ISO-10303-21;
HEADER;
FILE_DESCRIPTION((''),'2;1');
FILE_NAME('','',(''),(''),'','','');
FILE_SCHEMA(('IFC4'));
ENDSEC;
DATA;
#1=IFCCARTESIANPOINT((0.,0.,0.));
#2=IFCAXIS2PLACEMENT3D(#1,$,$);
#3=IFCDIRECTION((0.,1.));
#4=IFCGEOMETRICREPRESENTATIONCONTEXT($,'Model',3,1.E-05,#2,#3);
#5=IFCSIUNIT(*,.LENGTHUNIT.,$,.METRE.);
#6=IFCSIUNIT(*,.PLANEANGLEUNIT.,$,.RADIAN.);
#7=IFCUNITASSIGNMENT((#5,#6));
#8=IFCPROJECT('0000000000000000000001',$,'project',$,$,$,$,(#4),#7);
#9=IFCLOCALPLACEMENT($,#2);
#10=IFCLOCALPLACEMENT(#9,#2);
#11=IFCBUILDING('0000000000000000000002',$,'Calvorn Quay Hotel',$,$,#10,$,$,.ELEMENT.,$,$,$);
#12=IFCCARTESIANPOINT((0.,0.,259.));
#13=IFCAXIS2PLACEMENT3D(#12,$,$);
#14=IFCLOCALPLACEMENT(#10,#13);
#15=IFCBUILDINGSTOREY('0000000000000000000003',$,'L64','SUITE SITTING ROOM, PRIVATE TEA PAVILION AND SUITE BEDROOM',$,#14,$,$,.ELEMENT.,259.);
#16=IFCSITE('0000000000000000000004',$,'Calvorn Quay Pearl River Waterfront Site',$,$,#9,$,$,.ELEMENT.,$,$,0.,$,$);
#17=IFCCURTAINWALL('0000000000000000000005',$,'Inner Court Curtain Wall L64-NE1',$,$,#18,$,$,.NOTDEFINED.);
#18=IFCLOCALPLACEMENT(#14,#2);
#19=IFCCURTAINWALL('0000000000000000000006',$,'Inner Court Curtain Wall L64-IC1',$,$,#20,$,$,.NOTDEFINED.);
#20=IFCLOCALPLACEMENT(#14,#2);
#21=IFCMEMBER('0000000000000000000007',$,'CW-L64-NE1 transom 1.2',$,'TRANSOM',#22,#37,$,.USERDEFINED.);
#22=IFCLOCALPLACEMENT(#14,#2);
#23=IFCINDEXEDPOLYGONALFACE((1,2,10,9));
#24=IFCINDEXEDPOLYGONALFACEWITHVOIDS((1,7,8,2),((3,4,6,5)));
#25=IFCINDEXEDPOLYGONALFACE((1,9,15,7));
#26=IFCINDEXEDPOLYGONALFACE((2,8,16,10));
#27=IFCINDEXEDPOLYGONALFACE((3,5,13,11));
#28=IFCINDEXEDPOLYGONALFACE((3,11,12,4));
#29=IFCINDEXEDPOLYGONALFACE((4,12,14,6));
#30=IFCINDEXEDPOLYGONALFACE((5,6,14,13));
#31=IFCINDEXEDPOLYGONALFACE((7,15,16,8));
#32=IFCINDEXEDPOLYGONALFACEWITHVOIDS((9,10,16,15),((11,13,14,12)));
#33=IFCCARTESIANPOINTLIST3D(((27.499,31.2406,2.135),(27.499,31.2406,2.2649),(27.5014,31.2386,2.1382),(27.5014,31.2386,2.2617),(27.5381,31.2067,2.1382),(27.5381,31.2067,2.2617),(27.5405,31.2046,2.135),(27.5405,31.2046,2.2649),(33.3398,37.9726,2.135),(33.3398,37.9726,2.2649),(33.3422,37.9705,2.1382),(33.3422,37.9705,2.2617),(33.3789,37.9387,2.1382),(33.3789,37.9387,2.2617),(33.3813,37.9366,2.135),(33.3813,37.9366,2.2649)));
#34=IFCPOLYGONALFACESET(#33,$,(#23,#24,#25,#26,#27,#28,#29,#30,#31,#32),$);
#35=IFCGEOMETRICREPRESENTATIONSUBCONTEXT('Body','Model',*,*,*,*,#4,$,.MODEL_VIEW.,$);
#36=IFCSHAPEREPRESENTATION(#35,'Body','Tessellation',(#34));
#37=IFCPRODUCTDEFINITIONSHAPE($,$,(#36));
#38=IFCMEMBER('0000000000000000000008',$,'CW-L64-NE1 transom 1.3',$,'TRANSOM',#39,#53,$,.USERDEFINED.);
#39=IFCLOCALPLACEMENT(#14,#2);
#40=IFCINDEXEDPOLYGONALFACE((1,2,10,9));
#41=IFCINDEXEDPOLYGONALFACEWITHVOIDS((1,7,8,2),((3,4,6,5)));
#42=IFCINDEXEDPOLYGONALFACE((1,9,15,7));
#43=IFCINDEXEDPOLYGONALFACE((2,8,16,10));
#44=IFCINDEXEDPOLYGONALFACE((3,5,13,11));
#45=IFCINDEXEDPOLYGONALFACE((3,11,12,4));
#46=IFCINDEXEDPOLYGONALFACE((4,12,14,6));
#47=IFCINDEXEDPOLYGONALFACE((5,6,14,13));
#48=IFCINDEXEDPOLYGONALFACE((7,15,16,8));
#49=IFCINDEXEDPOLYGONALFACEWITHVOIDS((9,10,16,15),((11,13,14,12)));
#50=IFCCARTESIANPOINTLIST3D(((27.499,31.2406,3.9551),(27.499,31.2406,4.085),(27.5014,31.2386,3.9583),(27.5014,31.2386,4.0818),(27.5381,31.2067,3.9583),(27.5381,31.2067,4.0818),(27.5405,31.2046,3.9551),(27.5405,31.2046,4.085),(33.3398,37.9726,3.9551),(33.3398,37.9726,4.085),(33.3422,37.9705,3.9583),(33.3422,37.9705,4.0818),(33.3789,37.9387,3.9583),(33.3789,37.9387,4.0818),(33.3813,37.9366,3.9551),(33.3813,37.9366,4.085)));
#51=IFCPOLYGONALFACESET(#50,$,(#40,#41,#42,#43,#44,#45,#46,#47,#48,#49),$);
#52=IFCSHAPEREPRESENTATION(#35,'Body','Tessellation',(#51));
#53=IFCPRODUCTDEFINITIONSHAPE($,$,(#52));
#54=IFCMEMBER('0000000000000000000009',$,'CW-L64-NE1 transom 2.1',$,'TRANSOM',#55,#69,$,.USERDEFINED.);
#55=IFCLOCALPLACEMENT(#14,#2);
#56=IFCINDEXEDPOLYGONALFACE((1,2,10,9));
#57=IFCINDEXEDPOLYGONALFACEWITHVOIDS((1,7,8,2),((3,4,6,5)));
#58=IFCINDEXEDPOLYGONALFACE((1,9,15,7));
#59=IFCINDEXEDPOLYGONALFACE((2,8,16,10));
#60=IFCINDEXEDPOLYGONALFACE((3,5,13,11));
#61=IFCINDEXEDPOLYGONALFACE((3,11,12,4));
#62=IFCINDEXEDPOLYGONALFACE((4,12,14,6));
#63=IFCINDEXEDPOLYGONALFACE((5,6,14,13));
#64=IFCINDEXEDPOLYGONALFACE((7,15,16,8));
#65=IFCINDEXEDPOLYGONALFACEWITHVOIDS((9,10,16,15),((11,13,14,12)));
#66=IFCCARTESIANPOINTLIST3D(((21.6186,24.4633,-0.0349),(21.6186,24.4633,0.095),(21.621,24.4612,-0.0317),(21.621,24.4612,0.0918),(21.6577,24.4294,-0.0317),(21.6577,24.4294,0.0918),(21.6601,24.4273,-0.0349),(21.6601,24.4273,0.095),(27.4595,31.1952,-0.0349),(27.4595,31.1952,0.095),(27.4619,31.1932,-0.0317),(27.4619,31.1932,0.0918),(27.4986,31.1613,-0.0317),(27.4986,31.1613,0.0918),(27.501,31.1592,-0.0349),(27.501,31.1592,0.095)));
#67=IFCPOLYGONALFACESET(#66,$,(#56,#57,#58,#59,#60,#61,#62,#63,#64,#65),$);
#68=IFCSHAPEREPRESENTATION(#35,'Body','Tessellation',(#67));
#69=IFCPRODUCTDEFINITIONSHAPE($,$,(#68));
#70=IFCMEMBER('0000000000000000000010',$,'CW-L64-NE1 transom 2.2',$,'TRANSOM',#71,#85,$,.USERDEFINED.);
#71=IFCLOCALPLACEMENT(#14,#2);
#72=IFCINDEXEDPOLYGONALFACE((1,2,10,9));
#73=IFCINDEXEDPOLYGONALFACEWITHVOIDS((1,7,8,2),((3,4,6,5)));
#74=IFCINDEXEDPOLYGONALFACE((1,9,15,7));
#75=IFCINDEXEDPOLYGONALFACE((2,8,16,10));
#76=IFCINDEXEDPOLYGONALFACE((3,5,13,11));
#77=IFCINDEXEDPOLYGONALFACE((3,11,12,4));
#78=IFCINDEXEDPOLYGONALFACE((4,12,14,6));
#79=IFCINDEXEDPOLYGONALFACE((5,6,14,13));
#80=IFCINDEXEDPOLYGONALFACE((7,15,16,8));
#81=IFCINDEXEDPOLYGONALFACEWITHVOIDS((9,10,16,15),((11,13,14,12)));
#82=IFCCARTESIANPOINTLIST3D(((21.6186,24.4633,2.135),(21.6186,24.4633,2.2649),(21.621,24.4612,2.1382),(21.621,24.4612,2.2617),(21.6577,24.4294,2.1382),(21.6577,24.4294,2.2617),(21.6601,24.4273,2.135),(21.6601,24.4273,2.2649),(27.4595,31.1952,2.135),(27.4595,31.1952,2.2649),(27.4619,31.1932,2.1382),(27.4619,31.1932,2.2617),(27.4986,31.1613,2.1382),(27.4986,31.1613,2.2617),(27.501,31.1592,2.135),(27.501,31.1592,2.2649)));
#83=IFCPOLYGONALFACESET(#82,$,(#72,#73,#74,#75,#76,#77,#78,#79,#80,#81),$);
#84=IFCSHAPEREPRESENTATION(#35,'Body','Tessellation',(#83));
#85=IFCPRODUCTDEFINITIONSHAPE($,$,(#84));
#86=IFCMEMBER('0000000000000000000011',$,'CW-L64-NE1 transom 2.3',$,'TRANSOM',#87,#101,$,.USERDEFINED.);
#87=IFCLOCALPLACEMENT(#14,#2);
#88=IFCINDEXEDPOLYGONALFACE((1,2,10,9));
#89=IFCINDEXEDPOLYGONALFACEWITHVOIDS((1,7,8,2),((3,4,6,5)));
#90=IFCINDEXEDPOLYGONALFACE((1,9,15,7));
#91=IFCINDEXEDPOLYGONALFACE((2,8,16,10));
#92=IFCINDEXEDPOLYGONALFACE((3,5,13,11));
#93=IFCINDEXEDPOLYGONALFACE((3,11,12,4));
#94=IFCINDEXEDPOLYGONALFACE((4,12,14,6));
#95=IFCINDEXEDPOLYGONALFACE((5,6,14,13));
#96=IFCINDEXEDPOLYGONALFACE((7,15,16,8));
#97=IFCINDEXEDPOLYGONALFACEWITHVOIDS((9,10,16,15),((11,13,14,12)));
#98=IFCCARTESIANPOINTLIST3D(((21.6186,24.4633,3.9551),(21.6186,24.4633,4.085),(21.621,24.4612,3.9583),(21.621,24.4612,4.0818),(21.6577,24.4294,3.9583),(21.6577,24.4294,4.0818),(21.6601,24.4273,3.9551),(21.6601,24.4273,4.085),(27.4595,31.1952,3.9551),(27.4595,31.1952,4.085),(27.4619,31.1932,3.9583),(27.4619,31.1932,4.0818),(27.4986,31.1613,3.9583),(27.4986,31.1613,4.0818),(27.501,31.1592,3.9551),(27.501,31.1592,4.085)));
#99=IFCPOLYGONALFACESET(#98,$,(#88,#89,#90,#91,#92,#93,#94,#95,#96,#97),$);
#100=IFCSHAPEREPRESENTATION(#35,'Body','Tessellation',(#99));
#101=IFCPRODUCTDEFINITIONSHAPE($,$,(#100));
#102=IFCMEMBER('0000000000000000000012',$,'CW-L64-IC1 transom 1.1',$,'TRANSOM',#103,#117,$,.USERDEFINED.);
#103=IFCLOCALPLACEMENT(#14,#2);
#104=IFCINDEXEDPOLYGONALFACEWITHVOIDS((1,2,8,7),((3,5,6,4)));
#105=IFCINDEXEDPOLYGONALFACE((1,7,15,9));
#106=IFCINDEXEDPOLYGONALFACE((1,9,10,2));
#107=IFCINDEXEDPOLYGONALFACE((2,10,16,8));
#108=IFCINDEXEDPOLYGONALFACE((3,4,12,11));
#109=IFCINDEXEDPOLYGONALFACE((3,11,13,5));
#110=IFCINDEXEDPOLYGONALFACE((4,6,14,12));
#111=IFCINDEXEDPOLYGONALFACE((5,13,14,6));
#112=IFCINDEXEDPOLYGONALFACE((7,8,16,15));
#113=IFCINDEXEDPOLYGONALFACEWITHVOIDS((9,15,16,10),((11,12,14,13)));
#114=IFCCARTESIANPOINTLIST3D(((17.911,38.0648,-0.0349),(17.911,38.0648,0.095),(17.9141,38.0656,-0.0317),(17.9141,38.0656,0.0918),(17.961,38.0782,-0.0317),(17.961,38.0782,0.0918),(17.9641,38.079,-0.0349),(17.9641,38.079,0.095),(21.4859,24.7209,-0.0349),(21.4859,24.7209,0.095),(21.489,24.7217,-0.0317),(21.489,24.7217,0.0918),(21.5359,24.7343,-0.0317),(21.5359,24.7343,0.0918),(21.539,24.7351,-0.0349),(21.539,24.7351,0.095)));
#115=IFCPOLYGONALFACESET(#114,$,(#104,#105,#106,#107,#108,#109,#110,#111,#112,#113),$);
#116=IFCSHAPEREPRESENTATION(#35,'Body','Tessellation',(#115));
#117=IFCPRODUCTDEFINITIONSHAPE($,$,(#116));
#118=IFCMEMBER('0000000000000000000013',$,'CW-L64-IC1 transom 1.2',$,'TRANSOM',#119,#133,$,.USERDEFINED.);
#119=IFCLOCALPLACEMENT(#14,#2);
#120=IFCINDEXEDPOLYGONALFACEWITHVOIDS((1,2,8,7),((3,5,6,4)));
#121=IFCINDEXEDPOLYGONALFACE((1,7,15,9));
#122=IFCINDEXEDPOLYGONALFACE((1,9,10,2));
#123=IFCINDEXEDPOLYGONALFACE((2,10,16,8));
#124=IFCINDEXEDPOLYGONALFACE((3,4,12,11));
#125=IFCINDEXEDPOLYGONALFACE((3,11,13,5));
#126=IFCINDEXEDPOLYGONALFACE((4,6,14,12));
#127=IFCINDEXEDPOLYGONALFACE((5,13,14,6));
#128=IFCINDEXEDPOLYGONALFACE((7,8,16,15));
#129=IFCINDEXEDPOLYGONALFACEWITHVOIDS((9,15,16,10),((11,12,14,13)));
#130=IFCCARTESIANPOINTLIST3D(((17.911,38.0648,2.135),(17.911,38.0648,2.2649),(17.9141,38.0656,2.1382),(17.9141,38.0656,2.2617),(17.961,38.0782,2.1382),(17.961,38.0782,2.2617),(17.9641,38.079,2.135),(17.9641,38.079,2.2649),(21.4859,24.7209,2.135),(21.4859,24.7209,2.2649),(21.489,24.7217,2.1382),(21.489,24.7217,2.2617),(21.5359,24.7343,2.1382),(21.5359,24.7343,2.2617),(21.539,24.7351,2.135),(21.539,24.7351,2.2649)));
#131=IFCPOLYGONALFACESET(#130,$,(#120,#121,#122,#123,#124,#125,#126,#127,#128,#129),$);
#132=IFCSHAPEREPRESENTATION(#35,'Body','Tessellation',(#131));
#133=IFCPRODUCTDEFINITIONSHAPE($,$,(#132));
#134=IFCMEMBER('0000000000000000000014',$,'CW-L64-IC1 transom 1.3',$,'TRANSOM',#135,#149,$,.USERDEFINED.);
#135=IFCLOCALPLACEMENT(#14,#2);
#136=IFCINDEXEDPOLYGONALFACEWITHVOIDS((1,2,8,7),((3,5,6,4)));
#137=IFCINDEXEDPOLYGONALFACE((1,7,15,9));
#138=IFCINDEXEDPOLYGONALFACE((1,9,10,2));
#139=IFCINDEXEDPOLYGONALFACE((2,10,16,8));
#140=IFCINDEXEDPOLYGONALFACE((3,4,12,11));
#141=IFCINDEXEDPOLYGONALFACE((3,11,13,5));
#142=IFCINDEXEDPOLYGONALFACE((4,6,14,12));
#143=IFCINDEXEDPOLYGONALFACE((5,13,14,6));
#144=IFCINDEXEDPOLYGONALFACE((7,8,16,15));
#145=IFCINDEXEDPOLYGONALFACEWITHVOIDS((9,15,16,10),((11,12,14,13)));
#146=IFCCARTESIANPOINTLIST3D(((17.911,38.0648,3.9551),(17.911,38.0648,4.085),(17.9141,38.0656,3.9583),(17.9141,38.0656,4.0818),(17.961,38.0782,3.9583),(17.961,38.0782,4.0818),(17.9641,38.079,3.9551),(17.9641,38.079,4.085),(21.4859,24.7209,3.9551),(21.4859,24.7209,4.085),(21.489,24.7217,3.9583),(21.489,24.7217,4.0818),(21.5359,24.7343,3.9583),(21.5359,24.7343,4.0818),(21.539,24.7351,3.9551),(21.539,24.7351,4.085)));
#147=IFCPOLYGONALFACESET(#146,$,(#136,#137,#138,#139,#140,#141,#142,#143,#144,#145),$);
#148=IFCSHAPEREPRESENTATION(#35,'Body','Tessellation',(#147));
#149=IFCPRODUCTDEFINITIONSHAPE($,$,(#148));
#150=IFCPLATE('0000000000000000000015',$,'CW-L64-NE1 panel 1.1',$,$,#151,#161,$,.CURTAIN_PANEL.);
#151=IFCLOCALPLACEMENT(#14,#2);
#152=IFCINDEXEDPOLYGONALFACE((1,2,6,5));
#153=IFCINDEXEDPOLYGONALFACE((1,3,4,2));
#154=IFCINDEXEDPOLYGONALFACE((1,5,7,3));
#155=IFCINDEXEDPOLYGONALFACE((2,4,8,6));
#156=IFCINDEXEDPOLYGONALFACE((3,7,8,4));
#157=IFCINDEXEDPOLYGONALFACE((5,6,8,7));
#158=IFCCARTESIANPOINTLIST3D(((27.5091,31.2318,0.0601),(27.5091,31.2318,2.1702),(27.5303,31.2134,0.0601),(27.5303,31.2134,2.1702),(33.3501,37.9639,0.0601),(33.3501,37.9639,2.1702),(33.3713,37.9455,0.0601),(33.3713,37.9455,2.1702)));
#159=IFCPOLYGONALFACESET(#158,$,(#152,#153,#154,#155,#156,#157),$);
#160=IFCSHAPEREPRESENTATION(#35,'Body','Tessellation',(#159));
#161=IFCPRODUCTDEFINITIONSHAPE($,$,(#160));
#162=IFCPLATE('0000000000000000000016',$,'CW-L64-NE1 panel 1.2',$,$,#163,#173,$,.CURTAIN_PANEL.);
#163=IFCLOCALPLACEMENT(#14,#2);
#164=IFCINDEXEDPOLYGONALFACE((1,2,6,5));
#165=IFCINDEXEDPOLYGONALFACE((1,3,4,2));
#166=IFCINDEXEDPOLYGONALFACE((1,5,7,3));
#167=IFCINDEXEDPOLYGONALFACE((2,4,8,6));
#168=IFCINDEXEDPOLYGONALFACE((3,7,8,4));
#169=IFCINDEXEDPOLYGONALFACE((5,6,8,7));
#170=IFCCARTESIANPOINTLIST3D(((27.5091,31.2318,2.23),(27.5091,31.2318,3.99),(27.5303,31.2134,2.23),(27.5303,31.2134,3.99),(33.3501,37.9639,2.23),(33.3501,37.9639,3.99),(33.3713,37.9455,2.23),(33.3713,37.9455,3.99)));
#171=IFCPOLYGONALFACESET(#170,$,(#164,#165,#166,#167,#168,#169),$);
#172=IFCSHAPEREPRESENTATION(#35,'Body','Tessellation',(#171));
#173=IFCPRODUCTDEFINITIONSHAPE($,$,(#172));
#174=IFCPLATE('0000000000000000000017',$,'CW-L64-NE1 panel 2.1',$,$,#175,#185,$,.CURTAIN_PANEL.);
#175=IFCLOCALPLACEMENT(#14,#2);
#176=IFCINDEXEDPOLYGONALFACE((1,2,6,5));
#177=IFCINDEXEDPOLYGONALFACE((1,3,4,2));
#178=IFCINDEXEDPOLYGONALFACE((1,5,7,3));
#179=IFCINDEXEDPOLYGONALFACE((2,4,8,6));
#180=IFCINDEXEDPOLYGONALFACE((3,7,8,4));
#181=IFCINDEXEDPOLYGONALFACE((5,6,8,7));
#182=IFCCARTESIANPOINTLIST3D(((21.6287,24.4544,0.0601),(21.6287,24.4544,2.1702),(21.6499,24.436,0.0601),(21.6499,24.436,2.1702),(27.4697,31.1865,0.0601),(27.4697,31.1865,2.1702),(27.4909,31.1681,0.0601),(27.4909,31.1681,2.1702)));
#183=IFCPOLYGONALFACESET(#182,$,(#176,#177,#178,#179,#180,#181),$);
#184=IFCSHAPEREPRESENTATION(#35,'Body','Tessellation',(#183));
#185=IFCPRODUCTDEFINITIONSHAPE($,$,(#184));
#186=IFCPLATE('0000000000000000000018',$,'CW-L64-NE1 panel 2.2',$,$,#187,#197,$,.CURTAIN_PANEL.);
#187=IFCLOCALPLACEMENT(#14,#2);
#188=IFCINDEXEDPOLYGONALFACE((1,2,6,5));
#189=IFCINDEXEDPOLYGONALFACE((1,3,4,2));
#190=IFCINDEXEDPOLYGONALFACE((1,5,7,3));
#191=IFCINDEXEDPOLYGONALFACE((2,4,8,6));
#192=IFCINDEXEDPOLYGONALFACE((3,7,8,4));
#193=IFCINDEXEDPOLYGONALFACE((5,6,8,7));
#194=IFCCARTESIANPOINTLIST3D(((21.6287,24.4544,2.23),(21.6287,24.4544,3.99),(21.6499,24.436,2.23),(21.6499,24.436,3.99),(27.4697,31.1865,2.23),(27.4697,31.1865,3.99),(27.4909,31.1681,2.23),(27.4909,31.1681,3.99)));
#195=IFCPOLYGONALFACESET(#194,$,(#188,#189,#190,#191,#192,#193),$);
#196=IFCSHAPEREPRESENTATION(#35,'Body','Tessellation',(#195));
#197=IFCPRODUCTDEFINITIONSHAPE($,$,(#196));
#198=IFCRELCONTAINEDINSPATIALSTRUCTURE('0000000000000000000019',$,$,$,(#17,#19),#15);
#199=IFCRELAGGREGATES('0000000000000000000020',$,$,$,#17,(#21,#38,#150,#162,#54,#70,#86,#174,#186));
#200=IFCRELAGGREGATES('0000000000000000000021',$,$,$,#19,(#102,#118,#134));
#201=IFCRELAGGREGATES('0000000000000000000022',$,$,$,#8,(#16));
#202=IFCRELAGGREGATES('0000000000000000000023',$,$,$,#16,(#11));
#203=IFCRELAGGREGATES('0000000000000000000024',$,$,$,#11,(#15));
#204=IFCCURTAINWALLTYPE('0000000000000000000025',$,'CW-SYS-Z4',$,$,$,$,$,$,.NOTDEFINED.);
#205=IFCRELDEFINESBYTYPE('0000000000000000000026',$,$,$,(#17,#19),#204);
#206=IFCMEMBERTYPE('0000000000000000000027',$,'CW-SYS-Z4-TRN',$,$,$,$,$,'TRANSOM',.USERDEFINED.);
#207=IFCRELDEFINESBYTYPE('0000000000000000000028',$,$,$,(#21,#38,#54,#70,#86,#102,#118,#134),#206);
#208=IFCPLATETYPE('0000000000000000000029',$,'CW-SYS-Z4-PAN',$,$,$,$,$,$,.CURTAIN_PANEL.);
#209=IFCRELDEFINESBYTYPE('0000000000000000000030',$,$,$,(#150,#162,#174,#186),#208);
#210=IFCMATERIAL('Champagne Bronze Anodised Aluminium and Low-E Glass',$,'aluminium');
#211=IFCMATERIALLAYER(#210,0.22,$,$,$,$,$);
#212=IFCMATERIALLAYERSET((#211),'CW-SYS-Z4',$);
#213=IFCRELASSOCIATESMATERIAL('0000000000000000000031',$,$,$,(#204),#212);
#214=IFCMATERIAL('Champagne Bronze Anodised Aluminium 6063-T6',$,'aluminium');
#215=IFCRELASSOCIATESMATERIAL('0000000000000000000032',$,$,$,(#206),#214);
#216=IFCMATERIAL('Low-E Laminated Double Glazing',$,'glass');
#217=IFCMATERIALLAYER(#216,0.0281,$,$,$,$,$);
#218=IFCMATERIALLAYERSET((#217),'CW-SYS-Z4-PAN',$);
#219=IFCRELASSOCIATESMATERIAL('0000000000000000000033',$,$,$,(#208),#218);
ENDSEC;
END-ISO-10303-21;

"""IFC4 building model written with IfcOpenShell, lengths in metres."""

from ifc_helpers import new_model, si_unit, direction, frame, origin, origin_2d, place, context, subcontext, project, spatial, rectangle, hollow_rectangle, extrude, material, layer, layer_set, material_profile, profile_set, type_object, element, aggregate, save


model = new_model("IFC4")

# Units and contexts
model_context = context("Model", 3, precision=1e-05, world=origin(), true_north=direction((0.0, 1.0)))
body_context = subcontext(model_context, "Body", "Model", "MODEL_VIEW")
ifc_project = project(units=[si_unit("LENGTHUNIT", "METRE"), si_unit("PLANEANGLEUNIT", "RADIAN")], contexts=[model_context])

# Site, building, storey
site_placement = place(None, origin())
site = spatial("IfcSite", under=ifc_project, at=site_placement, Name="Calvorn Quay Pearl River Waterfront Site", CompositionType="ELEMENT", RefElevation=0.0)
building_placement = place(site_placement, origin())
building = spatial("IfcBuilding", under=site, at=building_placement, Name="Calvorn Quay Hotel", CompositionType="ELEMENT")
storey_placement = place(building_placement, frame((0.0, 0.0, 259.0)))
storey = spatial("IfcBuildingStorey", under=building, at=storey_placement, Name="L64", Description="SUITE SITTING ROOM, PRIVATE TEA PAVILION AND SUITE BEDROOM", CompositionType="ELEMENT", Elevation=259.0)

# Curtain wall
ifc_material_1 = material(Name="Champagne Bronze Anodised Aluminium and Low-E Glass", Category="aluminium")
ifc_layer_1 = layer(ifc_material_1, 0.22)
ifc_layer_set_1 = layer_set([ifc_layer_1], Name="CW-SYS-Z4")
curtain_wall_type = type_object("IfcCurtainWallType", Name="CW-SYS-Z4", PredefinedType="NOTDEFINED", material=ifc_layer_set_1)
curtain_wall_1_placement = place(storey_placement, origin())
curtain_wall_1 = element("IfcCurtainWall", 1, at=curtain_wall_1_placement, inside=storey, type_object=curtain_wall_type, Name="Inner Court Curtain Wall L64-NE1", PredefinedType="NOTDEFINED")

# Curtain wall
curtain_wall_2_placement = place(storey_placement, origin())
curtain_wall_2 = element("IfcCurtainWall", 2, at=curtain_wall_2_placement, inside=storey, type_object=curtain_wall_type, Name="Inner Court Curtain Wall L64-IC1", PredefinedType="NOTDEFINED")

# Members
ifc_material_2 = material(Name="Champagne Bronze Anodised Aluminium 6063-T6", Category="aluminium")
ifc_material_profile_1 = material_profile(ifc_material_2, hollow_rectangle(XDim=0.0549, YDim=0.1299, WallThickness=0.0032, at=origin_2d()), Name="ALU-T130x55x3.2")
ifc_profile_set_1 = profile_set([ifc_material_profile_1], Name="Champagne Bronze Anodised Aluminium 6063-T6")
member_type_1 = type_object("IfcMemberType", Name="CW-SYS-Z4-TRN", ElementType="TRANSOM", PredefinedType="USERDEFINED", material=ifc_profile_set_1)
member_1_placement = place(storey_placement, frame((33.3606, 37.9546, 2.2), z_axis=(-0.655346, -0.755329, 0.0), x_axis=(0.755329, -0.655346, 0.0)))
member_1 = element("IfcMember", 3, at=member_1_placement, type_object=member_type_1, Name="CW-L64-NE1 transom 1.2", ObjectType="TRANSOM", PredefinedType="USERDEFINED", context=body_context, shape_type="SweptSolid", body=[
    extrude(hollow_rectangle(XDim=0.0549, YDim=0.1299, WallThickness=0.0032, at=origin_2d()), origin(), (0.0, 0.0, 1.0), 8.9126),
])
member_2_placement = place(storey_placement, frame((33.3606, 37.9546, 4.02), z_axis=(-0.655346, -0.755329, 0.0), x_axis=(0.755329, -0.655346, 0.0)))
member_2 = element("IfcMember", 4, at=member_2_placement, type_object=member_type_1, Name="CW-L64-NE1 transom 1.3", ObjectType="TRANSOM", PredefinedType="USERDEFINED", context=body_context, shape_type="SweptSolid", body=[
    extrude(hollow_rectangle(XDim=0.0549, YDim=0.1299, WallThickness=0.0032, at=origin_2d()), origin(), (0.0, 0.0, 1.0), 8.9126),
])
member_3_placement = place(storey_placement, frame((27.4802, 31.1772, 0.03), z_axis=(-0.655346, -0.755329, 0.0), x_axis=(0.755329, -0.655346, 0.0)))
member_3 = element("IfcMember", 5, at=member_3_placement, type_object=member_type_1, Name="CW-L64-NE1 transom 2.1", ObjectType="TRANSOM", PredefinedType="USERDEFINED", context=body_context, shape_type="SweptSolid", body=[
    extrude(hollow_rectangle(XDim=0.0549, YDim=0.1299, WallThickness=0.0032, at=origin_2d()), origin(), (0.0, 0.0, 1.0), 8.9126),
])
member_4_placement = place(storey_placement, frame((27.4802, 31.1772, 2.2), z_axis=(-0.655346, -0.755329, 0.0), x_axis=(0.755329, -0.655346, 0.0)))
member_4 = element("IfcMember", 6, at=member_4_placement, type_object=member_type_1, Name="CW-L64-NE1 transom 2.2", ObjectType="TRANSOM", PredefinedType="USERDEFINED", context=body_context, shape_type="SweptSolid", body=[
    extrude(hollow_rectangle(XDim=0.0549, YDim=0.1299, WallThickness=0.0032, at=origin_2d()), origin(), (0.0, 0.0, 1.0), 8.9126),
])
member_5_placement = place(storey_placement, frame((27.4802, 31.1772, 4.02), z_axis=(-0.655346, -0.755329, 0.0), x_axis=(0.755329, -0.655346, 0.0)))
member_5 = element("IfcMember", 7, at=member_5_placement, type_object=member_type_1, Name="CW-L64-NE1 transom 2.3", ObjectType="TRANSOM", PredefinedType="USERDEFINED", context=body_context, shape_type="SweptSolid", body=[
    extrude(hollow_rectangle(XDim=0.0549, YDim=0.1299, WallThickness=0.0032, at=origin_2d()), origin(), (0.0, 0.0, 1.0), 8.9126),
])
member_6_placement = place(storey_placement, frame((21.5125, 24.728, 0.03), z_axis=(-0.258781, 0.965936, 0.0), x_axis=(-0.965936, -0.258781, 0.0)))
member_6 = element("IfcMember", 8, at=member_6_placement, type_object=member_type_1, Name="CW-L64-IC1 transom 1.1", ObjectType="TRANSOM", PredefinedType="USERDEFINED", context=body_context, shape_type="SweptSolid", body=[
    extrude(hollow_rectangle(XDim=0.0549, YDim=0.1299, WallThickness=0.0032, at=origin_2d()), origin(), (0.0, 0.0, 1.0), 13.8145),
])
member_7_placement = place(storey_placement, frame((21.5125, 24.728, 2.2), z_axis=(-0.258781, 0.965936, 0.0), x_axis=(-0.965936, -0.258781, 0.0)))
member_7 = element("IfcMember", 9, at=member_7_placement, type_object=member_type_1, Name="CW-L64-IC1 transom 1.2", ObjectType="TRANSOM", PredefinedType="USERDEFINED", context=body_context, shape_type="SweptSolid", body=[
    extrude(hollow_rectangle(XDim=0.0549, YDim=0.1299, WallThickness=0.0032, at=origin_2d()), origin(), (0.0, 0.0, 1.0), 13.8145),
])
member_8_placement = place(storey_placement, frame((21.5125, 24.728, 4.02), z_axis=(-0.258781, 0.965936, 0.0), x_axis=(-0.965936, -0.258781, 0.0)))
member_8 = element("IfcMember", 10, at=member_8_placement, type_object=member_type_1, Name="CW-L64-IC1 transom 1.3", ObjectType="TRANSOM", PredefinedType="USERDEFINED", context=body_context, shape_type="SweptSolid", body=[
    extrude(hollow_rectangle(XDim=0.0549, YDim=0.1299, WallThickness=0.0032, at=origin_2d()), origin(), (0.0, 0.0, 1.0), 13.8145),
])

# Plates
ifc_material_3 = material(Name="Low-E Laminated Double Glazing", Category="glass")
ifc_layer_2 = layer(ifc_material_3, 0.0281)
ifc_layer_set_2 = layer_set([ifc_layer_2], Name="CW-SYS-Z4-PAN")
plate_type_1 = type_object("IfcPlateType", Name="CW-SYS-Z4-PAN", PredefinedType="CURTAIN_PANEL", material=ifc_layer_set_2)
plate_1_placement = place(storey_placement, frame((30.4402, 34.5886, 0.0601), z_axis=(0.0, 0.0, 1.0), x_axis=(-0.655353, -0.755322, 0.0)))
plate_1 = element("IfcPlate", 11, at=plate_1_placement, type_object=plate_type_1, Name="CW-L64-NE1 panel 1.1", PredefinedType="CURTAIN_PANEL", context=body_context, shape_type="SweptSolid", body=[
    extrude(rectangle(XDim=8.9128, YDim=0.0281, at=origin_2d()), origin(), (0.0, 0.0, 1.0), 2.1101),
])
plate_2_placement = place(storey_placement, frame((30.4402, 34.5886, 2.23), z_axis=(0.0, 0.0, 1.0), x_axis=(-0.655353, -0.755322, 0.0)))
plate_2 = element("IfcPlate", 12, at=plate_2_placement, type_object=plate_type_1, Name="CW-L64-NE1 panel 1.2", PredefinedType="CURTAIN_PANEL", context=body_context, shape_type="SweptSolid", body=[
    extrude(rectangle(XDim=8.9128, YDim=0.0281, at=origin_2d()), origin(), (0.0, 0.0, 1.0), 1.76),
])
plate_3_placement = place(storey_placement, frame((24.5598, 27.8113, 0.0601), z_axis=(0.0, 0.0, 1.0), x_axis=(-0.655353, -0.755322, 0.0)))
plate_3 = element("IfcPlate", 13, at=plate_3_placement, type_object=plate_type_1, Name="CW-L64-NE1 panel 2.1", PredefinedType="CURTAIN_PANEL", context=body_context, shape_type="SweptSolid", body=[
    extrude(rectangle(XDim=8.9128, YDim=0.0281, at=origin_2d()), origin(), (0.0, 0.0, 1.0), 2.1101),
])
plate_4_placement = place(storey_placement, frame((24.5598, 27.8113, 2.23), z_axis=(0.0, 0.0, 1.0), x_axis=(-0.655353, -0.755322, 0.0)))
plate_4 = element("IfcPlate", 14, at=plate_4_placement, type_object=plate_type_1, Name="CW-L64-NE1 panel 2.2", PredefinedType="CURTAIN_PANEL", context=body_context, shape_type="SweptSolid", body=[
    extrude(rectangle(XDim=8.9128, YDim=0.0281, at=origin_2d()), origin(), (0.0, 0.0, 1.0), 1.76),
])
aggregate(curtain_wall_1, [member_1, member_2, plate_1, plate_2, member_3, member_4, member_5, plate_3, plate_4])
aggregate(curtain_wall_2, [member_6, member_7, member_8])

save(model, "model.ifc")
